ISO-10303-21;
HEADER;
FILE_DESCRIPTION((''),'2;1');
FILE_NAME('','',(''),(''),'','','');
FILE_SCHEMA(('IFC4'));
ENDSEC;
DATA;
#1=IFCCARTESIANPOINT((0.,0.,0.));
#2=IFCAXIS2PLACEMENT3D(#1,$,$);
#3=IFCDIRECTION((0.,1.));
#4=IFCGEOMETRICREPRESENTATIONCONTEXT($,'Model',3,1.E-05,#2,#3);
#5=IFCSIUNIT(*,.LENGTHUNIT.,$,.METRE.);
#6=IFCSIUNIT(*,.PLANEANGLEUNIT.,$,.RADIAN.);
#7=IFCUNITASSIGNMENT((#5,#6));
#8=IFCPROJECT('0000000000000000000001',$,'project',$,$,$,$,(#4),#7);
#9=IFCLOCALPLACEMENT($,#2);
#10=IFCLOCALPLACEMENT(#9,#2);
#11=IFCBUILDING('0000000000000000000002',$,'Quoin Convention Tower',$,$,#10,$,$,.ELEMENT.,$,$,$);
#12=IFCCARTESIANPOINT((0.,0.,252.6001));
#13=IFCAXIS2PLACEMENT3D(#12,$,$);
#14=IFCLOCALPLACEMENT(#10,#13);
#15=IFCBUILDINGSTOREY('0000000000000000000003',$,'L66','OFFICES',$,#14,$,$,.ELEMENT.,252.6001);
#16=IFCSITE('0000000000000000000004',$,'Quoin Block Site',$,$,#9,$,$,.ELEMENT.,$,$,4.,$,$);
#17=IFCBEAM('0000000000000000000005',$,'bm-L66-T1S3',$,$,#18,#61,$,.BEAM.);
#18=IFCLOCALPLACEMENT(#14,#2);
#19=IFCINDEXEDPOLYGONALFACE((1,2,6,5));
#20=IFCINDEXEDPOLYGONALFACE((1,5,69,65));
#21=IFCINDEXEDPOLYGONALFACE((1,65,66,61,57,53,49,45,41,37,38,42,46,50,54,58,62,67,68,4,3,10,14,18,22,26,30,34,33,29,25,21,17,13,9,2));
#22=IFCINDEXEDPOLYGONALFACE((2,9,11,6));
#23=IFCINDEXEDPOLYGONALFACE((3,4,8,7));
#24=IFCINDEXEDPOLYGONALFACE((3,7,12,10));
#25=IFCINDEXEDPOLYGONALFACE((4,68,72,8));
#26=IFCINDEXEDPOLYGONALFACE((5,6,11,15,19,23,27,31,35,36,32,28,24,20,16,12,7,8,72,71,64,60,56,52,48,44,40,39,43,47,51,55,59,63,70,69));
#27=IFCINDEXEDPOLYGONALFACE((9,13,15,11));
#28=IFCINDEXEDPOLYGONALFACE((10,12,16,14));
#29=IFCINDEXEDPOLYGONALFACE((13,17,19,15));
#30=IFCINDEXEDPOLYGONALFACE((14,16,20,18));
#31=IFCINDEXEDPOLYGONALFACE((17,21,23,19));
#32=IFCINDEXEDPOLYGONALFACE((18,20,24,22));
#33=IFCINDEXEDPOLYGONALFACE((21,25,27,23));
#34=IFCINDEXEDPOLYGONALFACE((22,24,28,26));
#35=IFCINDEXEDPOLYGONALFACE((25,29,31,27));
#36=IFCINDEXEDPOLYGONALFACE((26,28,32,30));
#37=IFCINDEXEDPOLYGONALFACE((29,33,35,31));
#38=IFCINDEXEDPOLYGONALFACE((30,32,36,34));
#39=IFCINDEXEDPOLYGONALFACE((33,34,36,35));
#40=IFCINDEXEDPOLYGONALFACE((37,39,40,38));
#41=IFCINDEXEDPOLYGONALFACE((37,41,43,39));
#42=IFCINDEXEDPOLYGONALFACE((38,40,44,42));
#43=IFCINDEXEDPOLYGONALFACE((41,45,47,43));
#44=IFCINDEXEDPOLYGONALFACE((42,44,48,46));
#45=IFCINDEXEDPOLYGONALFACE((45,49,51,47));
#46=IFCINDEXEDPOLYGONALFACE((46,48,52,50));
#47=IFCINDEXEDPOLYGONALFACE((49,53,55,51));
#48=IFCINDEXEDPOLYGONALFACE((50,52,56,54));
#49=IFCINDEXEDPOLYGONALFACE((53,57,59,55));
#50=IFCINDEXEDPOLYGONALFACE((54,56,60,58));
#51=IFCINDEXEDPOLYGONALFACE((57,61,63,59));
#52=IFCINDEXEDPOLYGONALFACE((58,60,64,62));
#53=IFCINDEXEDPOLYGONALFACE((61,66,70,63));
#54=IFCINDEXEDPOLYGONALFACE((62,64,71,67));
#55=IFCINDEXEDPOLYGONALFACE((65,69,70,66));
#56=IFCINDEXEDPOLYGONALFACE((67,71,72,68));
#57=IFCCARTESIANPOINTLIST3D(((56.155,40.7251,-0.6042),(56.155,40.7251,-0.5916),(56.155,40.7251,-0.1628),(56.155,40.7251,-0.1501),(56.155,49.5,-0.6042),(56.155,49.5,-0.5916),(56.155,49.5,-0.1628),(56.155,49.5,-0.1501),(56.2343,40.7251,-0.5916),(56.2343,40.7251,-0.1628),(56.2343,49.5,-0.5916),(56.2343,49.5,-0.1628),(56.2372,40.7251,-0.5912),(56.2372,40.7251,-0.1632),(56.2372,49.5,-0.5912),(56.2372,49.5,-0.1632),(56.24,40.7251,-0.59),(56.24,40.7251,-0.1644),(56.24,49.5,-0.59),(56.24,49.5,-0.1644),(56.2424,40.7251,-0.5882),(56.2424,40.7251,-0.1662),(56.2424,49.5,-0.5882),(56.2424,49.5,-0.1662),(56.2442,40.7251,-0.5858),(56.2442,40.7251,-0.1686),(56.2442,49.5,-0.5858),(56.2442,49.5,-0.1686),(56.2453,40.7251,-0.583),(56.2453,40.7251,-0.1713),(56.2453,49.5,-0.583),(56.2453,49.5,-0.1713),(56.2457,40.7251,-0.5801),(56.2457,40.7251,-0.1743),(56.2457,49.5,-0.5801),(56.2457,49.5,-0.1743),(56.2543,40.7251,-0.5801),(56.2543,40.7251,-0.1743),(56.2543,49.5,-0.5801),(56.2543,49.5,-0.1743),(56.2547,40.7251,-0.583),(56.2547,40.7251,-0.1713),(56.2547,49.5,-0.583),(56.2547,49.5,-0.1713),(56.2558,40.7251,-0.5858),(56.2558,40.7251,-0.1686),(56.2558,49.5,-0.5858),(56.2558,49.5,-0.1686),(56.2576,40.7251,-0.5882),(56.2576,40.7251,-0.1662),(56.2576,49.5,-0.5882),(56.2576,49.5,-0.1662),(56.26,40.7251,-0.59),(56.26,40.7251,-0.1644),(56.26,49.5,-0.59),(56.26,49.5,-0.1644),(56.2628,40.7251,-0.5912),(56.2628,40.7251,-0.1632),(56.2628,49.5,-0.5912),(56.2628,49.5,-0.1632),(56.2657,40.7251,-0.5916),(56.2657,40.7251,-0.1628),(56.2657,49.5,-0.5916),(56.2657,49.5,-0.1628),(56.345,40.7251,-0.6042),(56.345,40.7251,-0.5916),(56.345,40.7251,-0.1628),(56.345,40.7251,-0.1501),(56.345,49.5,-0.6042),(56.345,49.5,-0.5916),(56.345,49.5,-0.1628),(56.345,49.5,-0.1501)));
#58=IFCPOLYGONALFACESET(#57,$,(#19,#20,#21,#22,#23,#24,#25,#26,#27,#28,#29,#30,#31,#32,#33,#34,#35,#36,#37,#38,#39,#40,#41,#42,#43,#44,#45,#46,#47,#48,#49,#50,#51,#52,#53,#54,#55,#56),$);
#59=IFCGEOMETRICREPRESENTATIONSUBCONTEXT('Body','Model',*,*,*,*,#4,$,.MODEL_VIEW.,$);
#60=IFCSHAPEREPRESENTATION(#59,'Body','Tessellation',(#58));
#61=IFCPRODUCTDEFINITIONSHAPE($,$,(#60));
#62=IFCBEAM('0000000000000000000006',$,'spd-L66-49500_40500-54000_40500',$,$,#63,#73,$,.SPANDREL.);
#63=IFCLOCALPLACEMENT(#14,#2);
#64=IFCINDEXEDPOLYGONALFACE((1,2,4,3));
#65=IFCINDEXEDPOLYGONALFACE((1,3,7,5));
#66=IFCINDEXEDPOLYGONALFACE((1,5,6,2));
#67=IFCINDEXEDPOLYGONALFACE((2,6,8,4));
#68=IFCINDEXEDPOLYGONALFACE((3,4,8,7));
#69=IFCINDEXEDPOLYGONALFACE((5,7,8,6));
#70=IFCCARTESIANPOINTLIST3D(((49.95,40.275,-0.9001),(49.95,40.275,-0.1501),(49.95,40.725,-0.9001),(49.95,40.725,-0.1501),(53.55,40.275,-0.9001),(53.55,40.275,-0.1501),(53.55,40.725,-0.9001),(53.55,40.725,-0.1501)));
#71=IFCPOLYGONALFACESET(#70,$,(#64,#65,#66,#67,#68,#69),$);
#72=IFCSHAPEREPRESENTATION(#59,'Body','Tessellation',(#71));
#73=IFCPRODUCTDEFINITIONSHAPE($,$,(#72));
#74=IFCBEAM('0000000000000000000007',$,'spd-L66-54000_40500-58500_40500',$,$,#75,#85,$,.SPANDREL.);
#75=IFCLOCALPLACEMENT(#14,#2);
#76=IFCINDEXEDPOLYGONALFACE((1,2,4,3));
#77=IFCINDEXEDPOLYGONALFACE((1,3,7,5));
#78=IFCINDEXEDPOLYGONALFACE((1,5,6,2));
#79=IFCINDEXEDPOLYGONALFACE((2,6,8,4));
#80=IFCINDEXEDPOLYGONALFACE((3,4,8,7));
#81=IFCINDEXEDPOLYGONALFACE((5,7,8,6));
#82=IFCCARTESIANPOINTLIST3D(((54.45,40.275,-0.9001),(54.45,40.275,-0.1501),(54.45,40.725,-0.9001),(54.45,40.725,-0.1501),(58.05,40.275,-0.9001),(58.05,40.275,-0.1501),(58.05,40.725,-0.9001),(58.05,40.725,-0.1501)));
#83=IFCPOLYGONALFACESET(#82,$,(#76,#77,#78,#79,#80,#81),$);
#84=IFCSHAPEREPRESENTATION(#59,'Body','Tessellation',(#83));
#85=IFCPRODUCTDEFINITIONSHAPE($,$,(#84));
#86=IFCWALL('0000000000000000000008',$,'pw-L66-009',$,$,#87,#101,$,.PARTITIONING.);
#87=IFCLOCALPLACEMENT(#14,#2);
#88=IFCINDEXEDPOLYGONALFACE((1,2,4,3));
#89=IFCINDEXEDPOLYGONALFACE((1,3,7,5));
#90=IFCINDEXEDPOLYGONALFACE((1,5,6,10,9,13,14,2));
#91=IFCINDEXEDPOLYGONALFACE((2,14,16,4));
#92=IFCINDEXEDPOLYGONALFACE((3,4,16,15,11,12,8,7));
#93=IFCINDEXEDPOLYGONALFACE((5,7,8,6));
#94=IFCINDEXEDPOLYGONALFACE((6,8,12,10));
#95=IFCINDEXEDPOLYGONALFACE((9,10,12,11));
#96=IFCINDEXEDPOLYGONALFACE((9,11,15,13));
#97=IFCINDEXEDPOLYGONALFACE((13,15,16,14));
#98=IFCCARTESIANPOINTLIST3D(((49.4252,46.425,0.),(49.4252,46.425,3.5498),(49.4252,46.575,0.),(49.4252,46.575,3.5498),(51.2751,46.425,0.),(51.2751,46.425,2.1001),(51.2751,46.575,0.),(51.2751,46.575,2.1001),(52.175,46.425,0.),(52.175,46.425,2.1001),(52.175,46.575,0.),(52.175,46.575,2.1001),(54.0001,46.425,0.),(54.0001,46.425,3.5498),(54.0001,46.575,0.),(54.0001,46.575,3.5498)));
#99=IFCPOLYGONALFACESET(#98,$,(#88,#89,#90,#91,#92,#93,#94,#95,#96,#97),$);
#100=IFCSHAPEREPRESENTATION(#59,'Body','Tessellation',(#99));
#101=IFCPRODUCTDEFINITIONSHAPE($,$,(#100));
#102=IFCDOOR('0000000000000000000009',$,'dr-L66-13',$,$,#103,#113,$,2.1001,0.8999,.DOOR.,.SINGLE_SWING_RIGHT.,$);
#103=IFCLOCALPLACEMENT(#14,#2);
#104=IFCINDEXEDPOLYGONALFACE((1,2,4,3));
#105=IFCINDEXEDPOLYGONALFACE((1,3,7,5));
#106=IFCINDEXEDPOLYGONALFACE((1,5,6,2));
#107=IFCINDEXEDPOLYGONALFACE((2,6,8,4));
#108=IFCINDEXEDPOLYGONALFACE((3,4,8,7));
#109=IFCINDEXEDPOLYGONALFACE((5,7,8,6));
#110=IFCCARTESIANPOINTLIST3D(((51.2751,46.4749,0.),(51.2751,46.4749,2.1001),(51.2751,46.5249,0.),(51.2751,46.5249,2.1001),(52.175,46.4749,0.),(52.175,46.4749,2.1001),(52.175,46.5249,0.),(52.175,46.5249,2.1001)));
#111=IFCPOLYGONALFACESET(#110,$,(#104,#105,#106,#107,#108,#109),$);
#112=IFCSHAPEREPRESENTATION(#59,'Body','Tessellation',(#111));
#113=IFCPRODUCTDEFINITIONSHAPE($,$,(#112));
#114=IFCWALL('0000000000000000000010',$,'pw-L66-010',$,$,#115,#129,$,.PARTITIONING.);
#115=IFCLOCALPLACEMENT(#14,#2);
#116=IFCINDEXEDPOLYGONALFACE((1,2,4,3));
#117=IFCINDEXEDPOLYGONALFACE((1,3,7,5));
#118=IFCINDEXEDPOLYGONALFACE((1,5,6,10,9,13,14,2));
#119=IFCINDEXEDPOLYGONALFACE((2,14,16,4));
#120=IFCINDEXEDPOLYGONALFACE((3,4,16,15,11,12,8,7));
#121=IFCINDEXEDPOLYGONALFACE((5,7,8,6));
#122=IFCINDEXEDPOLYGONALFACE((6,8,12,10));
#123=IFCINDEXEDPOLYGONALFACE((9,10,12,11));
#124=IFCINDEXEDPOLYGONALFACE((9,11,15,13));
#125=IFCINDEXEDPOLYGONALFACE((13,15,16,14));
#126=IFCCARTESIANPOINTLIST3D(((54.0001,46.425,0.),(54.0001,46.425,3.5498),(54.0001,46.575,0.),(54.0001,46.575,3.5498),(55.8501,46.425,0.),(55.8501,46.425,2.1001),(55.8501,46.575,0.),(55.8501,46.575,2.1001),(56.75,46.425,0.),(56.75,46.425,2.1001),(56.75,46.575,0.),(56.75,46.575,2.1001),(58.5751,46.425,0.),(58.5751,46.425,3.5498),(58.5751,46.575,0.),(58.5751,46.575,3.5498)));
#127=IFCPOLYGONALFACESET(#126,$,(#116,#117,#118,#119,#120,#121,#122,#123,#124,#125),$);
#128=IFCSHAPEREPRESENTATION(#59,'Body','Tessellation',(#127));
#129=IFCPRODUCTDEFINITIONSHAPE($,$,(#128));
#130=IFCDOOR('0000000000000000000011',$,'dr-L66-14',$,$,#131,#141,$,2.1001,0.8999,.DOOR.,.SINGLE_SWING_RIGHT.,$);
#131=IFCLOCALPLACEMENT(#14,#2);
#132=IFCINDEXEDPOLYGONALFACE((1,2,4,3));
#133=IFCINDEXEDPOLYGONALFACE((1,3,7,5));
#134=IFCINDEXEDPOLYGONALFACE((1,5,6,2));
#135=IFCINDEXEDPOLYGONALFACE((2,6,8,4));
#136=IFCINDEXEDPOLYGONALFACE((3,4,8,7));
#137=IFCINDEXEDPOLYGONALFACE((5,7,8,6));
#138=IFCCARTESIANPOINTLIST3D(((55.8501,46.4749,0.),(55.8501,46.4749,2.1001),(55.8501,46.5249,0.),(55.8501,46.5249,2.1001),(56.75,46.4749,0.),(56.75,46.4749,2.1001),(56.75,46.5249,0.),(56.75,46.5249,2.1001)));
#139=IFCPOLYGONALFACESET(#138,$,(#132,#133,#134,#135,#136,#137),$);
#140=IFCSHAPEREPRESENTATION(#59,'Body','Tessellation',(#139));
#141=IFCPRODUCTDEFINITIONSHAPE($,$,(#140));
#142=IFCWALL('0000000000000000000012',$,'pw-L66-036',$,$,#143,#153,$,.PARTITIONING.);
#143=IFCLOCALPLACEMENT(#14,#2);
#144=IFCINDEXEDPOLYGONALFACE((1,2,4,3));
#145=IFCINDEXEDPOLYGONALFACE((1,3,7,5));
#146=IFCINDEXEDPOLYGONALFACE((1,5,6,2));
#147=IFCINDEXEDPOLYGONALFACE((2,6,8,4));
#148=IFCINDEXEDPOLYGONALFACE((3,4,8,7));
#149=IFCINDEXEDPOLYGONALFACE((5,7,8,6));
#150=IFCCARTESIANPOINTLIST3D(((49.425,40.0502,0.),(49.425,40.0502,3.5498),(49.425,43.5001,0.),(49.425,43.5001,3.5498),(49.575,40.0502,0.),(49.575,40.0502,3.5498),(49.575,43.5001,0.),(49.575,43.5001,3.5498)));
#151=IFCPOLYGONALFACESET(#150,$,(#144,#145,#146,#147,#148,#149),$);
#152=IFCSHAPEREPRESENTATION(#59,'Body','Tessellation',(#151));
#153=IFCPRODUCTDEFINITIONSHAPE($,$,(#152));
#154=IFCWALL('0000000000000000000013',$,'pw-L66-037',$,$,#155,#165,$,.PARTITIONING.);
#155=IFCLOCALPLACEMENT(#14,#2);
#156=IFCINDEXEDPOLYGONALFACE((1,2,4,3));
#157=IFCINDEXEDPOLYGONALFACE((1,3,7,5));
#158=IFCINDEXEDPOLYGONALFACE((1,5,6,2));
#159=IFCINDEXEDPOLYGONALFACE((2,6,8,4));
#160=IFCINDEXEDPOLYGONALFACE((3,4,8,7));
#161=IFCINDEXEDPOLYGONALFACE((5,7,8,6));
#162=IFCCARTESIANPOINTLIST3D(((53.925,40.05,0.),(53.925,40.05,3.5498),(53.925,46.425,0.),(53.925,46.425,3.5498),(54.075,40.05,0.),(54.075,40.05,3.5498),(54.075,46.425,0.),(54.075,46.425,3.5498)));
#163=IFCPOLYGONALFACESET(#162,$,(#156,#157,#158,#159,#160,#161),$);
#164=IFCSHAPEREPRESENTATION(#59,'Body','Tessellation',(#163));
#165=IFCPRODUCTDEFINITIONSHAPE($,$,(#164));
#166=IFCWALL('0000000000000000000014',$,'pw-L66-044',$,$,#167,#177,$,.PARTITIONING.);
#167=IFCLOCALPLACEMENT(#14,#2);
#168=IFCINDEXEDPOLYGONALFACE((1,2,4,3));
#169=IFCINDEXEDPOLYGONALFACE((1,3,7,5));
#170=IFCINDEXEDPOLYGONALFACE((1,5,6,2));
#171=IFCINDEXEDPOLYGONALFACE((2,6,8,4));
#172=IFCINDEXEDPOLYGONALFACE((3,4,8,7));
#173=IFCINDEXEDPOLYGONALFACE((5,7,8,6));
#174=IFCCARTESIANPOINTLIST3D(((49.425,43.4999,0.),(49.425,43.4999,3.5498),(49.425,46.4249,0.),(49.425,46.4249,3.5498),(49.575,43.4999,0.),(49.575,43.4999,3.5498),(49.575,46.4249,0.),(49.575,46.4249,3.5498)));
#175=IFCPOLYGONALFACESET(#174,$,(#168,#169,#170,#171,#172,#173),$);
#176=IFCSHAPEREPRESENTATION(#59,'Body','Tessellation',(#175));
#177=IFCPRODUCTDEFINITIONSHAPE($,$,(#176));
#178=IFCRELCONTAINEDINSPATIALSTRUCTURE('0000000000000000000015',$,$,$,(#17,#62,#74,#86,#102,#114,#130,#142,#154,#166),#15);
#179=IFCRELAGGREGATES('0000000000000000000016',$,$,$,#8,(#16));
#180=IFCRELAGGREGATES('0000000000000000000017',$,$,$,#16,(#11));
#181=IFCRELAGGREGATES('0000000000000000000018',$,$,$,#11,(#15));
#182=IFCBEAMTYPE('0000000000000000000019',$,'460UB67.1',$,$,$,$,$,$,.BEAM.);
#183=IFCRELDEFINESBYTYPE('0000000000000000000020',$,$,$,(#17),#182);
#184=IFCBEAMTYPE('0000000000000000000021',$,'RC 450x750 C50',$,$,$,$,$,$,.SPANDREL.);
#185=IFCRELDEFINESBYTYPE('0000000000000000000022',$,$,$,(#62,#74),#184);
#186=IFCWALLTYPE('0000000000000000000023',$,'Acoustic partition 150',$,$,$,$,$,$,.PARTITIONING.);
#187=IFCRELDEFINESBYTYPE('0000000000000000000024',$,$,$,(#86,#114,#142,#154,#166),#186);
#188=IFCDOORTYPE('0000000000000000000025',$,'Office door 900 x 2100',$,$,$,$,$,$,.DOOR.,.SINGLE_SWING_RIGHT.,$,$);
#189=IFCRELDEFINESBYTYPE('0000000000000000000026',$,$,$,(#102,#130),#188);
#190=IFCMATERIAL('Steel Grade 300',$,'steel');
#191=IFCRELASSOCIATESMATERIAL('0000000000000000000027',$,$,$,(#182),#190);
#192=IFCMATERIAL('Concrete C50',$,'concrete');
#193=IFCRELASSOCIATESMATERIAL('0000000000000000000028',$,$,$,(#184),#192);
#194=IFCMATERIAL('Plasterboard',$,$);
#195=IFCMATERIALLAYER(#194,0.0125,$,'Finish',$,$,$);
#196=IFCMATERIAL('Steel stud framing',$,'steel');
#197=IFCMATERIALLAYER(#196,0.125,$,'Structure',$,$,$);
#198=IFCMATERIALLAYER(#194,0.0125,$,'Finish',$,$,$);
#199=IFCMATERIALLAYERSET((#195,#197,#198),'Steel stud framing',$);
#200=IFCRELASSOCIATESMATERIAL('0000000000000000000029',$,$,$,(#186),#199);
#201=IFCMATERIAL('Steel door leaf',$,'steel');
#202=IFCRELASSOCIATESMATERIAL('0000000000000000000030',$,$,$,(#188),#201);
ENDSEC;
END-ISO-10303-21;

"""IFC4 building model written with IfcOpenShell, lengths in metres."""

from ifc_helpers import new_model, si_unit, direction, frame, frame_2d, origin, origin_2d, place, context, subcontext, project, spatial, rectangle, i_section, extrude, material, layer, layer_set, material_profile, profile_set, type_object, element, fill, save


model = new_model("IFC4")

# Units and contexts
model_context = context("Model", 3, precision=1e-05, world=origin(), true_north=direction((0.0, 1.0)))
body_context = subcontext(model_context, "Body", "Model", "MODEL_VIEW")
ifc_project = project(units=[si_unit("LENGTHUNIT", "METRE"), si_unit("PLANEANGLEUNIT", "RADIAN")], contexts=[model_context])

# Site, building, storey
site_placement = place(None, origin())
site = spatial("IfcSite", under=ifc_project, at=site_placement, Name="Quoin Block Site", CompositionType="ELEMENT", RefElevation=4.0)
building_placement = place(site_placement, origin())
building = spatial("IfcBuilding", under=site, at=building_placement, Name="Quoin Convention Tower", CompositionType="ELEMENT")
storey_placement = place(building_placement, frame((0.0, 0.0, 252.6001)))
storey = spatial("IfcBuildingStorey", under=building, at=storey_placement, Name="L66", Description="OFFICES", CompositionType="ELEMENT", Elevation=252.6001)

# Shared definitions
ifc_material_1 = material(Name="Concrete C50", Category="concrete")

# Beams
ifc_material_2 = material(Name="Steel Grade 300", Category="steel")
ifc_material_profile_1 = material_profile(ifc_material_2, i_section(OverallWidth=0.1899, OverallDepth=0.4541, WebThickness=0.0085, FlangeThickness=0.0127, FilletRadius=0.0115, at=origin_2d()), Name="460UB67.1")
ifc_profile_set_1 = profile_set([ifc_material_profile_1], Name="Steel Grade 300")
beam_type_1 = type_object("IfcBeamType", Name="460UB67.1", PredefinedType="BEAM", material=ifc_profile_set_1)
for number, where, z_axis, x_axis, name in (
    (1, (56.25, 40.7251, -0.3772), (0.0, 1.0, 0.0), (-1.0, 0.0, 0.0), "bm-L66-T1S3"),
):
    element("IfcBeam", number, at=place(storey_placement, frame(where, z_axis=z_axis, x_axis=x_axis)), inside=storey, type_object=beam_type_1, Name=name, PredefinedType="BEAM", context=body_context, shape_type="SweptSolid", body=[
        extrude(i_section(OverallWidth=0.1899, OverallDepth=0.4541, WebThickness=0.0085, FlangeThickness=0.0127, FilletRadius=0.0115, at=origin_2d()), origin(), (0.0, 0.0, 1.0), 8.7749),
    ])
ifc_material_profile_2 = material_profile(ifc_material_1, rectangle(XDim=0.45, YDim=0.75, at=origin_2d()), Name="RC 450x750")
ifc_profile_set_2 = profile_set([ifc_material_profile_2], Name="Concrete C50")
beam_type_2 = type_object("IfcBeamType", Name="RC 450x750 C50", PredefinedType="SPANDREL", material=ifc_profile_set_2)
for number, where, z_axis, x_axis, name in (
    (2, (49.95, 40.5, -0.5251), (1.0, 0.0, 0.0), (0.0, 1.0, 0.0), "spd-L66-49500_40500-54000_40500"),
    (3, (54.45, 40.5, -0.5251), (1.0, 0.0, 0.0), (0.0, 1.0, 0.0), "spd-L66-54000_40500-58500_40500"),
):
    element("IfcBeam", number, at=place(storey_placement, frame(where, z_axis=z_axis, x_axis=x_axis)), inside=storey, type_object=beam_type_2, Name=name, PredefinedType="SPANDREL", context=body_context, shape_type="SweptSolid", body=[
        extrude(rectangle(XDim=0.45, YDim=0.75, at=origin_2d()), origin(), (0.0, 0.0, 1.0), 3.6001),
    ])

# Walls, openings, doors
ifc_material_3 = material(Name="Plasterboard")
ifc_layer_1 = layer(ifc_material_3, 0.0125, Name="Finish")
ifc_material_4 = material(Name="Steel stud framing", Category="steel")
ifc_layer_2 = layer(ifc_material_4, 0.125, Name="Structure")
ifc_layer_3 = layer(ifc_material_3, 0.0125, Name="Finish")
ifc_layer_set_1 = layer_set([ifc_layer_1, ifc_layer_2, ifc_layer_3], Name="Steel stud framing")
wall_type_1 = type_object("IfcWallType", Name="Acoustic partition 150", PredefinedType="PARTITIONING", material=ifc_layer_set_1)
wall_1_placement = place(storey_placement, frame((49.425, 46.5, 0.0), z_axis=(0.0, 0.0, 1.0), x_axis=(1.0, 0.0, 0.0)))
wall_1 = element("IfcWall", 4, at=wall_1_placement, inside=storey, type_object=wall_type_1, Name="pw-L66-009", PredefinedType="PARTITIONING", context=body_context, shape_type="SweptSolid", body=[
    extrude(rectangle(XDim=4.575, YDim=0.1499, at=frame_2d((2.2876, 0.0))), origin(), (0.0, 0.0, 1.0), 3.5498),
])
opening_1_placement = place(wall_1_placement, frame((1.8501, 0.0, 0.0)))
opening_1 = element("IfcOpeningElement", 5, at=opening_1_placement, cuts=wall_1, PredefinedType="OPENING", context=body_context, shape_type="SweptSolid", body=[
    extrude(rectangle(XDim=0.8999, YDim=2.1001, at=frame_2d((0.45, 1.05))), frame((0.0, 0.085, 0.0), z_axis=(0.0, -1.0, 0.0), x_axis=(1.0, 0.0, 0.0)), (0.0, 0.0, 1.0), 0.1699),
])
ifc_material_5 = material(Name="Steel door leaf", Category="steel")
door_type_1 = type_object("IfcDoorType", Name="Office door 900 x 2100", OperationType="SINGLE_SWING_RIGHT", PredefinedType="DOOR", material=ifc_material_5)
door_1_placement = place(opening_1_placement, origin())
door_1 = element("IfcDoor", 6, at=door_1_placement, inside=storey, type_object=door_type_1, Name="dr-L66-13", OperationType="SINGLE_SWING_RIGHT", OverallHeight=2.1001, OverallWidth=0.8999, PredefinedType="DOOR", context=body_context, shape_type="SweptSolid", body=[
    extrude(rectangle(XDim=0.8999, YDim=2.1001, at=frame_2d((0.45, 1.05))), frame((0.0, 0.0249, 0.0), z_axis=(0.0, -1.0, 0.0), x_axis=(1.0, 0.0, 0.0)), (0.0, 0.0, 1.0), 0.05),
])
fill(opening_1, door_1)
wall_2_placement = place(storey_placement, frame((54.0, 46.5, 0.0), z_axis=(0.0, 0.0, 1.0), x_axis=(1.0, 0.0, 0.0)))
wall_2 = element("IfcWall", 7, at=wall_2_placement, inside=storey, type_object=wall_type_1, Name="pw-L66-010", PredefinedType="PARTITIONING", context=body_context, shape_type="SweptSolid", body=[
    extrude(rectangle(XDim=4.575, YDim=0.1499, at=frame_2d((2.2876, 0.0))), origin(), (0.0, 0.0, 1.0), 3.5498),
])
opening_2_placement = place(wall_2_placement, frame((1.8501, 0.0, 0.0)))
opening_2 = element("IfcOpeningElement", 8, at=opening_2_placement, cuts=wall_2, PredefinedType="OPENING", context=body_context, shape_type="SweptSolid", body=[
    extrude(rectangle(XDim=0.8999, YDim=2.1001, at=frame_2d((0.45, 1.05))), frame((0.0, 0.085, 0.0), z_axis=(0.0, -1.0, 0.0), x_axis=(1.0, 0.0, 0.0)), (0.0, 0.0, 1.0), 0.1699),
])
door_2_placement = place(opening_2_placement, origin())
door_2 = element("IfcDoor", 9, at=door_2_placement, inside=storey, type_object=door_type_1, Name="dr-L66-14", OperationType="SINGLE_SWING_RIGHT", OverallHeight=2.1001, OverallWidth=0.8999, PredefinedType="DOOR", context=body_context, shape_type="SweptSolid", body=[
    extrude(rectangle(XDim=0.8999, YDim=2.1001, at=frame_2d((0.45, 1.05))), frame((0.0, 0.0249, 0.0), z_axis=(0.0, -1.0, 0.0), x_axis=(1.0, 0.0, 0.0)), (0.0, 0.0, 1.0), 0.05),
])
fill(opening_2, door_2)

# Walls
wall_3_placement = place(storey_placement, frame((49.5, 40.05, 0.0), z_axis=(0.0, 0.0, 1.0), x_axis=(0.0, 1.0, 0.0)))
element("IfcWall", 10, at=wall_3_placement, inside=storey, type_object=wall_type_1, Name="pw-L66-036", PredefinedType="PARTITIONING", context=body_context, shape_type="SweptSolid", body=[
    extrude(rectangle(XDim=3.45, YDim=0.1499, at=frame_2d((1.7251, 0.0))), origin(), (0.0, 0.0, 1.0), 3.5498),
])
wall_4_placement = place(storey_placement, frame((54.0, 40.05, 0.0), z_axis=(0.0, 0.0, 1.0), x_axis=(0.0, 1.0, 0.0)))
element("IfcWall", 11, at=wall_4_placement, inside=storey, type_object=wall_type_1, Name="pw-L66-037", PredefinedType="PARTITIONING", context=body_context, shape_type="SweptSolid", body=[
    extrude(rectangle(XDim=6.375, YDim=0.1499, at=frame_2d((3.1875, 0.0))), origin(), (0.0, 0.0, 1.0), 3.5498),
])
wall_5_placement = place(storey_placement, frame((49.5, 43.5, 0.0), z_axis=(0.0, 0.0, 1.0), x_axis=(0.0, 1.0, 0.0)))
element("IfcWall", 12, at=wall_5_placement, inside=storey, type_object=wall_type_1, Name="pw-L66-044", PredefinedType="PARTITIONING", context=body_context, shape_type="SweptSolid", body=[
    extrude(rectangle(XDim=2.925, YDim=0.1499, at=frame_2d((1.4624, 0.0))), origin(), (0.0, 0.0, 1.0), 3.5498),
])

save(model, "model.ifc")
